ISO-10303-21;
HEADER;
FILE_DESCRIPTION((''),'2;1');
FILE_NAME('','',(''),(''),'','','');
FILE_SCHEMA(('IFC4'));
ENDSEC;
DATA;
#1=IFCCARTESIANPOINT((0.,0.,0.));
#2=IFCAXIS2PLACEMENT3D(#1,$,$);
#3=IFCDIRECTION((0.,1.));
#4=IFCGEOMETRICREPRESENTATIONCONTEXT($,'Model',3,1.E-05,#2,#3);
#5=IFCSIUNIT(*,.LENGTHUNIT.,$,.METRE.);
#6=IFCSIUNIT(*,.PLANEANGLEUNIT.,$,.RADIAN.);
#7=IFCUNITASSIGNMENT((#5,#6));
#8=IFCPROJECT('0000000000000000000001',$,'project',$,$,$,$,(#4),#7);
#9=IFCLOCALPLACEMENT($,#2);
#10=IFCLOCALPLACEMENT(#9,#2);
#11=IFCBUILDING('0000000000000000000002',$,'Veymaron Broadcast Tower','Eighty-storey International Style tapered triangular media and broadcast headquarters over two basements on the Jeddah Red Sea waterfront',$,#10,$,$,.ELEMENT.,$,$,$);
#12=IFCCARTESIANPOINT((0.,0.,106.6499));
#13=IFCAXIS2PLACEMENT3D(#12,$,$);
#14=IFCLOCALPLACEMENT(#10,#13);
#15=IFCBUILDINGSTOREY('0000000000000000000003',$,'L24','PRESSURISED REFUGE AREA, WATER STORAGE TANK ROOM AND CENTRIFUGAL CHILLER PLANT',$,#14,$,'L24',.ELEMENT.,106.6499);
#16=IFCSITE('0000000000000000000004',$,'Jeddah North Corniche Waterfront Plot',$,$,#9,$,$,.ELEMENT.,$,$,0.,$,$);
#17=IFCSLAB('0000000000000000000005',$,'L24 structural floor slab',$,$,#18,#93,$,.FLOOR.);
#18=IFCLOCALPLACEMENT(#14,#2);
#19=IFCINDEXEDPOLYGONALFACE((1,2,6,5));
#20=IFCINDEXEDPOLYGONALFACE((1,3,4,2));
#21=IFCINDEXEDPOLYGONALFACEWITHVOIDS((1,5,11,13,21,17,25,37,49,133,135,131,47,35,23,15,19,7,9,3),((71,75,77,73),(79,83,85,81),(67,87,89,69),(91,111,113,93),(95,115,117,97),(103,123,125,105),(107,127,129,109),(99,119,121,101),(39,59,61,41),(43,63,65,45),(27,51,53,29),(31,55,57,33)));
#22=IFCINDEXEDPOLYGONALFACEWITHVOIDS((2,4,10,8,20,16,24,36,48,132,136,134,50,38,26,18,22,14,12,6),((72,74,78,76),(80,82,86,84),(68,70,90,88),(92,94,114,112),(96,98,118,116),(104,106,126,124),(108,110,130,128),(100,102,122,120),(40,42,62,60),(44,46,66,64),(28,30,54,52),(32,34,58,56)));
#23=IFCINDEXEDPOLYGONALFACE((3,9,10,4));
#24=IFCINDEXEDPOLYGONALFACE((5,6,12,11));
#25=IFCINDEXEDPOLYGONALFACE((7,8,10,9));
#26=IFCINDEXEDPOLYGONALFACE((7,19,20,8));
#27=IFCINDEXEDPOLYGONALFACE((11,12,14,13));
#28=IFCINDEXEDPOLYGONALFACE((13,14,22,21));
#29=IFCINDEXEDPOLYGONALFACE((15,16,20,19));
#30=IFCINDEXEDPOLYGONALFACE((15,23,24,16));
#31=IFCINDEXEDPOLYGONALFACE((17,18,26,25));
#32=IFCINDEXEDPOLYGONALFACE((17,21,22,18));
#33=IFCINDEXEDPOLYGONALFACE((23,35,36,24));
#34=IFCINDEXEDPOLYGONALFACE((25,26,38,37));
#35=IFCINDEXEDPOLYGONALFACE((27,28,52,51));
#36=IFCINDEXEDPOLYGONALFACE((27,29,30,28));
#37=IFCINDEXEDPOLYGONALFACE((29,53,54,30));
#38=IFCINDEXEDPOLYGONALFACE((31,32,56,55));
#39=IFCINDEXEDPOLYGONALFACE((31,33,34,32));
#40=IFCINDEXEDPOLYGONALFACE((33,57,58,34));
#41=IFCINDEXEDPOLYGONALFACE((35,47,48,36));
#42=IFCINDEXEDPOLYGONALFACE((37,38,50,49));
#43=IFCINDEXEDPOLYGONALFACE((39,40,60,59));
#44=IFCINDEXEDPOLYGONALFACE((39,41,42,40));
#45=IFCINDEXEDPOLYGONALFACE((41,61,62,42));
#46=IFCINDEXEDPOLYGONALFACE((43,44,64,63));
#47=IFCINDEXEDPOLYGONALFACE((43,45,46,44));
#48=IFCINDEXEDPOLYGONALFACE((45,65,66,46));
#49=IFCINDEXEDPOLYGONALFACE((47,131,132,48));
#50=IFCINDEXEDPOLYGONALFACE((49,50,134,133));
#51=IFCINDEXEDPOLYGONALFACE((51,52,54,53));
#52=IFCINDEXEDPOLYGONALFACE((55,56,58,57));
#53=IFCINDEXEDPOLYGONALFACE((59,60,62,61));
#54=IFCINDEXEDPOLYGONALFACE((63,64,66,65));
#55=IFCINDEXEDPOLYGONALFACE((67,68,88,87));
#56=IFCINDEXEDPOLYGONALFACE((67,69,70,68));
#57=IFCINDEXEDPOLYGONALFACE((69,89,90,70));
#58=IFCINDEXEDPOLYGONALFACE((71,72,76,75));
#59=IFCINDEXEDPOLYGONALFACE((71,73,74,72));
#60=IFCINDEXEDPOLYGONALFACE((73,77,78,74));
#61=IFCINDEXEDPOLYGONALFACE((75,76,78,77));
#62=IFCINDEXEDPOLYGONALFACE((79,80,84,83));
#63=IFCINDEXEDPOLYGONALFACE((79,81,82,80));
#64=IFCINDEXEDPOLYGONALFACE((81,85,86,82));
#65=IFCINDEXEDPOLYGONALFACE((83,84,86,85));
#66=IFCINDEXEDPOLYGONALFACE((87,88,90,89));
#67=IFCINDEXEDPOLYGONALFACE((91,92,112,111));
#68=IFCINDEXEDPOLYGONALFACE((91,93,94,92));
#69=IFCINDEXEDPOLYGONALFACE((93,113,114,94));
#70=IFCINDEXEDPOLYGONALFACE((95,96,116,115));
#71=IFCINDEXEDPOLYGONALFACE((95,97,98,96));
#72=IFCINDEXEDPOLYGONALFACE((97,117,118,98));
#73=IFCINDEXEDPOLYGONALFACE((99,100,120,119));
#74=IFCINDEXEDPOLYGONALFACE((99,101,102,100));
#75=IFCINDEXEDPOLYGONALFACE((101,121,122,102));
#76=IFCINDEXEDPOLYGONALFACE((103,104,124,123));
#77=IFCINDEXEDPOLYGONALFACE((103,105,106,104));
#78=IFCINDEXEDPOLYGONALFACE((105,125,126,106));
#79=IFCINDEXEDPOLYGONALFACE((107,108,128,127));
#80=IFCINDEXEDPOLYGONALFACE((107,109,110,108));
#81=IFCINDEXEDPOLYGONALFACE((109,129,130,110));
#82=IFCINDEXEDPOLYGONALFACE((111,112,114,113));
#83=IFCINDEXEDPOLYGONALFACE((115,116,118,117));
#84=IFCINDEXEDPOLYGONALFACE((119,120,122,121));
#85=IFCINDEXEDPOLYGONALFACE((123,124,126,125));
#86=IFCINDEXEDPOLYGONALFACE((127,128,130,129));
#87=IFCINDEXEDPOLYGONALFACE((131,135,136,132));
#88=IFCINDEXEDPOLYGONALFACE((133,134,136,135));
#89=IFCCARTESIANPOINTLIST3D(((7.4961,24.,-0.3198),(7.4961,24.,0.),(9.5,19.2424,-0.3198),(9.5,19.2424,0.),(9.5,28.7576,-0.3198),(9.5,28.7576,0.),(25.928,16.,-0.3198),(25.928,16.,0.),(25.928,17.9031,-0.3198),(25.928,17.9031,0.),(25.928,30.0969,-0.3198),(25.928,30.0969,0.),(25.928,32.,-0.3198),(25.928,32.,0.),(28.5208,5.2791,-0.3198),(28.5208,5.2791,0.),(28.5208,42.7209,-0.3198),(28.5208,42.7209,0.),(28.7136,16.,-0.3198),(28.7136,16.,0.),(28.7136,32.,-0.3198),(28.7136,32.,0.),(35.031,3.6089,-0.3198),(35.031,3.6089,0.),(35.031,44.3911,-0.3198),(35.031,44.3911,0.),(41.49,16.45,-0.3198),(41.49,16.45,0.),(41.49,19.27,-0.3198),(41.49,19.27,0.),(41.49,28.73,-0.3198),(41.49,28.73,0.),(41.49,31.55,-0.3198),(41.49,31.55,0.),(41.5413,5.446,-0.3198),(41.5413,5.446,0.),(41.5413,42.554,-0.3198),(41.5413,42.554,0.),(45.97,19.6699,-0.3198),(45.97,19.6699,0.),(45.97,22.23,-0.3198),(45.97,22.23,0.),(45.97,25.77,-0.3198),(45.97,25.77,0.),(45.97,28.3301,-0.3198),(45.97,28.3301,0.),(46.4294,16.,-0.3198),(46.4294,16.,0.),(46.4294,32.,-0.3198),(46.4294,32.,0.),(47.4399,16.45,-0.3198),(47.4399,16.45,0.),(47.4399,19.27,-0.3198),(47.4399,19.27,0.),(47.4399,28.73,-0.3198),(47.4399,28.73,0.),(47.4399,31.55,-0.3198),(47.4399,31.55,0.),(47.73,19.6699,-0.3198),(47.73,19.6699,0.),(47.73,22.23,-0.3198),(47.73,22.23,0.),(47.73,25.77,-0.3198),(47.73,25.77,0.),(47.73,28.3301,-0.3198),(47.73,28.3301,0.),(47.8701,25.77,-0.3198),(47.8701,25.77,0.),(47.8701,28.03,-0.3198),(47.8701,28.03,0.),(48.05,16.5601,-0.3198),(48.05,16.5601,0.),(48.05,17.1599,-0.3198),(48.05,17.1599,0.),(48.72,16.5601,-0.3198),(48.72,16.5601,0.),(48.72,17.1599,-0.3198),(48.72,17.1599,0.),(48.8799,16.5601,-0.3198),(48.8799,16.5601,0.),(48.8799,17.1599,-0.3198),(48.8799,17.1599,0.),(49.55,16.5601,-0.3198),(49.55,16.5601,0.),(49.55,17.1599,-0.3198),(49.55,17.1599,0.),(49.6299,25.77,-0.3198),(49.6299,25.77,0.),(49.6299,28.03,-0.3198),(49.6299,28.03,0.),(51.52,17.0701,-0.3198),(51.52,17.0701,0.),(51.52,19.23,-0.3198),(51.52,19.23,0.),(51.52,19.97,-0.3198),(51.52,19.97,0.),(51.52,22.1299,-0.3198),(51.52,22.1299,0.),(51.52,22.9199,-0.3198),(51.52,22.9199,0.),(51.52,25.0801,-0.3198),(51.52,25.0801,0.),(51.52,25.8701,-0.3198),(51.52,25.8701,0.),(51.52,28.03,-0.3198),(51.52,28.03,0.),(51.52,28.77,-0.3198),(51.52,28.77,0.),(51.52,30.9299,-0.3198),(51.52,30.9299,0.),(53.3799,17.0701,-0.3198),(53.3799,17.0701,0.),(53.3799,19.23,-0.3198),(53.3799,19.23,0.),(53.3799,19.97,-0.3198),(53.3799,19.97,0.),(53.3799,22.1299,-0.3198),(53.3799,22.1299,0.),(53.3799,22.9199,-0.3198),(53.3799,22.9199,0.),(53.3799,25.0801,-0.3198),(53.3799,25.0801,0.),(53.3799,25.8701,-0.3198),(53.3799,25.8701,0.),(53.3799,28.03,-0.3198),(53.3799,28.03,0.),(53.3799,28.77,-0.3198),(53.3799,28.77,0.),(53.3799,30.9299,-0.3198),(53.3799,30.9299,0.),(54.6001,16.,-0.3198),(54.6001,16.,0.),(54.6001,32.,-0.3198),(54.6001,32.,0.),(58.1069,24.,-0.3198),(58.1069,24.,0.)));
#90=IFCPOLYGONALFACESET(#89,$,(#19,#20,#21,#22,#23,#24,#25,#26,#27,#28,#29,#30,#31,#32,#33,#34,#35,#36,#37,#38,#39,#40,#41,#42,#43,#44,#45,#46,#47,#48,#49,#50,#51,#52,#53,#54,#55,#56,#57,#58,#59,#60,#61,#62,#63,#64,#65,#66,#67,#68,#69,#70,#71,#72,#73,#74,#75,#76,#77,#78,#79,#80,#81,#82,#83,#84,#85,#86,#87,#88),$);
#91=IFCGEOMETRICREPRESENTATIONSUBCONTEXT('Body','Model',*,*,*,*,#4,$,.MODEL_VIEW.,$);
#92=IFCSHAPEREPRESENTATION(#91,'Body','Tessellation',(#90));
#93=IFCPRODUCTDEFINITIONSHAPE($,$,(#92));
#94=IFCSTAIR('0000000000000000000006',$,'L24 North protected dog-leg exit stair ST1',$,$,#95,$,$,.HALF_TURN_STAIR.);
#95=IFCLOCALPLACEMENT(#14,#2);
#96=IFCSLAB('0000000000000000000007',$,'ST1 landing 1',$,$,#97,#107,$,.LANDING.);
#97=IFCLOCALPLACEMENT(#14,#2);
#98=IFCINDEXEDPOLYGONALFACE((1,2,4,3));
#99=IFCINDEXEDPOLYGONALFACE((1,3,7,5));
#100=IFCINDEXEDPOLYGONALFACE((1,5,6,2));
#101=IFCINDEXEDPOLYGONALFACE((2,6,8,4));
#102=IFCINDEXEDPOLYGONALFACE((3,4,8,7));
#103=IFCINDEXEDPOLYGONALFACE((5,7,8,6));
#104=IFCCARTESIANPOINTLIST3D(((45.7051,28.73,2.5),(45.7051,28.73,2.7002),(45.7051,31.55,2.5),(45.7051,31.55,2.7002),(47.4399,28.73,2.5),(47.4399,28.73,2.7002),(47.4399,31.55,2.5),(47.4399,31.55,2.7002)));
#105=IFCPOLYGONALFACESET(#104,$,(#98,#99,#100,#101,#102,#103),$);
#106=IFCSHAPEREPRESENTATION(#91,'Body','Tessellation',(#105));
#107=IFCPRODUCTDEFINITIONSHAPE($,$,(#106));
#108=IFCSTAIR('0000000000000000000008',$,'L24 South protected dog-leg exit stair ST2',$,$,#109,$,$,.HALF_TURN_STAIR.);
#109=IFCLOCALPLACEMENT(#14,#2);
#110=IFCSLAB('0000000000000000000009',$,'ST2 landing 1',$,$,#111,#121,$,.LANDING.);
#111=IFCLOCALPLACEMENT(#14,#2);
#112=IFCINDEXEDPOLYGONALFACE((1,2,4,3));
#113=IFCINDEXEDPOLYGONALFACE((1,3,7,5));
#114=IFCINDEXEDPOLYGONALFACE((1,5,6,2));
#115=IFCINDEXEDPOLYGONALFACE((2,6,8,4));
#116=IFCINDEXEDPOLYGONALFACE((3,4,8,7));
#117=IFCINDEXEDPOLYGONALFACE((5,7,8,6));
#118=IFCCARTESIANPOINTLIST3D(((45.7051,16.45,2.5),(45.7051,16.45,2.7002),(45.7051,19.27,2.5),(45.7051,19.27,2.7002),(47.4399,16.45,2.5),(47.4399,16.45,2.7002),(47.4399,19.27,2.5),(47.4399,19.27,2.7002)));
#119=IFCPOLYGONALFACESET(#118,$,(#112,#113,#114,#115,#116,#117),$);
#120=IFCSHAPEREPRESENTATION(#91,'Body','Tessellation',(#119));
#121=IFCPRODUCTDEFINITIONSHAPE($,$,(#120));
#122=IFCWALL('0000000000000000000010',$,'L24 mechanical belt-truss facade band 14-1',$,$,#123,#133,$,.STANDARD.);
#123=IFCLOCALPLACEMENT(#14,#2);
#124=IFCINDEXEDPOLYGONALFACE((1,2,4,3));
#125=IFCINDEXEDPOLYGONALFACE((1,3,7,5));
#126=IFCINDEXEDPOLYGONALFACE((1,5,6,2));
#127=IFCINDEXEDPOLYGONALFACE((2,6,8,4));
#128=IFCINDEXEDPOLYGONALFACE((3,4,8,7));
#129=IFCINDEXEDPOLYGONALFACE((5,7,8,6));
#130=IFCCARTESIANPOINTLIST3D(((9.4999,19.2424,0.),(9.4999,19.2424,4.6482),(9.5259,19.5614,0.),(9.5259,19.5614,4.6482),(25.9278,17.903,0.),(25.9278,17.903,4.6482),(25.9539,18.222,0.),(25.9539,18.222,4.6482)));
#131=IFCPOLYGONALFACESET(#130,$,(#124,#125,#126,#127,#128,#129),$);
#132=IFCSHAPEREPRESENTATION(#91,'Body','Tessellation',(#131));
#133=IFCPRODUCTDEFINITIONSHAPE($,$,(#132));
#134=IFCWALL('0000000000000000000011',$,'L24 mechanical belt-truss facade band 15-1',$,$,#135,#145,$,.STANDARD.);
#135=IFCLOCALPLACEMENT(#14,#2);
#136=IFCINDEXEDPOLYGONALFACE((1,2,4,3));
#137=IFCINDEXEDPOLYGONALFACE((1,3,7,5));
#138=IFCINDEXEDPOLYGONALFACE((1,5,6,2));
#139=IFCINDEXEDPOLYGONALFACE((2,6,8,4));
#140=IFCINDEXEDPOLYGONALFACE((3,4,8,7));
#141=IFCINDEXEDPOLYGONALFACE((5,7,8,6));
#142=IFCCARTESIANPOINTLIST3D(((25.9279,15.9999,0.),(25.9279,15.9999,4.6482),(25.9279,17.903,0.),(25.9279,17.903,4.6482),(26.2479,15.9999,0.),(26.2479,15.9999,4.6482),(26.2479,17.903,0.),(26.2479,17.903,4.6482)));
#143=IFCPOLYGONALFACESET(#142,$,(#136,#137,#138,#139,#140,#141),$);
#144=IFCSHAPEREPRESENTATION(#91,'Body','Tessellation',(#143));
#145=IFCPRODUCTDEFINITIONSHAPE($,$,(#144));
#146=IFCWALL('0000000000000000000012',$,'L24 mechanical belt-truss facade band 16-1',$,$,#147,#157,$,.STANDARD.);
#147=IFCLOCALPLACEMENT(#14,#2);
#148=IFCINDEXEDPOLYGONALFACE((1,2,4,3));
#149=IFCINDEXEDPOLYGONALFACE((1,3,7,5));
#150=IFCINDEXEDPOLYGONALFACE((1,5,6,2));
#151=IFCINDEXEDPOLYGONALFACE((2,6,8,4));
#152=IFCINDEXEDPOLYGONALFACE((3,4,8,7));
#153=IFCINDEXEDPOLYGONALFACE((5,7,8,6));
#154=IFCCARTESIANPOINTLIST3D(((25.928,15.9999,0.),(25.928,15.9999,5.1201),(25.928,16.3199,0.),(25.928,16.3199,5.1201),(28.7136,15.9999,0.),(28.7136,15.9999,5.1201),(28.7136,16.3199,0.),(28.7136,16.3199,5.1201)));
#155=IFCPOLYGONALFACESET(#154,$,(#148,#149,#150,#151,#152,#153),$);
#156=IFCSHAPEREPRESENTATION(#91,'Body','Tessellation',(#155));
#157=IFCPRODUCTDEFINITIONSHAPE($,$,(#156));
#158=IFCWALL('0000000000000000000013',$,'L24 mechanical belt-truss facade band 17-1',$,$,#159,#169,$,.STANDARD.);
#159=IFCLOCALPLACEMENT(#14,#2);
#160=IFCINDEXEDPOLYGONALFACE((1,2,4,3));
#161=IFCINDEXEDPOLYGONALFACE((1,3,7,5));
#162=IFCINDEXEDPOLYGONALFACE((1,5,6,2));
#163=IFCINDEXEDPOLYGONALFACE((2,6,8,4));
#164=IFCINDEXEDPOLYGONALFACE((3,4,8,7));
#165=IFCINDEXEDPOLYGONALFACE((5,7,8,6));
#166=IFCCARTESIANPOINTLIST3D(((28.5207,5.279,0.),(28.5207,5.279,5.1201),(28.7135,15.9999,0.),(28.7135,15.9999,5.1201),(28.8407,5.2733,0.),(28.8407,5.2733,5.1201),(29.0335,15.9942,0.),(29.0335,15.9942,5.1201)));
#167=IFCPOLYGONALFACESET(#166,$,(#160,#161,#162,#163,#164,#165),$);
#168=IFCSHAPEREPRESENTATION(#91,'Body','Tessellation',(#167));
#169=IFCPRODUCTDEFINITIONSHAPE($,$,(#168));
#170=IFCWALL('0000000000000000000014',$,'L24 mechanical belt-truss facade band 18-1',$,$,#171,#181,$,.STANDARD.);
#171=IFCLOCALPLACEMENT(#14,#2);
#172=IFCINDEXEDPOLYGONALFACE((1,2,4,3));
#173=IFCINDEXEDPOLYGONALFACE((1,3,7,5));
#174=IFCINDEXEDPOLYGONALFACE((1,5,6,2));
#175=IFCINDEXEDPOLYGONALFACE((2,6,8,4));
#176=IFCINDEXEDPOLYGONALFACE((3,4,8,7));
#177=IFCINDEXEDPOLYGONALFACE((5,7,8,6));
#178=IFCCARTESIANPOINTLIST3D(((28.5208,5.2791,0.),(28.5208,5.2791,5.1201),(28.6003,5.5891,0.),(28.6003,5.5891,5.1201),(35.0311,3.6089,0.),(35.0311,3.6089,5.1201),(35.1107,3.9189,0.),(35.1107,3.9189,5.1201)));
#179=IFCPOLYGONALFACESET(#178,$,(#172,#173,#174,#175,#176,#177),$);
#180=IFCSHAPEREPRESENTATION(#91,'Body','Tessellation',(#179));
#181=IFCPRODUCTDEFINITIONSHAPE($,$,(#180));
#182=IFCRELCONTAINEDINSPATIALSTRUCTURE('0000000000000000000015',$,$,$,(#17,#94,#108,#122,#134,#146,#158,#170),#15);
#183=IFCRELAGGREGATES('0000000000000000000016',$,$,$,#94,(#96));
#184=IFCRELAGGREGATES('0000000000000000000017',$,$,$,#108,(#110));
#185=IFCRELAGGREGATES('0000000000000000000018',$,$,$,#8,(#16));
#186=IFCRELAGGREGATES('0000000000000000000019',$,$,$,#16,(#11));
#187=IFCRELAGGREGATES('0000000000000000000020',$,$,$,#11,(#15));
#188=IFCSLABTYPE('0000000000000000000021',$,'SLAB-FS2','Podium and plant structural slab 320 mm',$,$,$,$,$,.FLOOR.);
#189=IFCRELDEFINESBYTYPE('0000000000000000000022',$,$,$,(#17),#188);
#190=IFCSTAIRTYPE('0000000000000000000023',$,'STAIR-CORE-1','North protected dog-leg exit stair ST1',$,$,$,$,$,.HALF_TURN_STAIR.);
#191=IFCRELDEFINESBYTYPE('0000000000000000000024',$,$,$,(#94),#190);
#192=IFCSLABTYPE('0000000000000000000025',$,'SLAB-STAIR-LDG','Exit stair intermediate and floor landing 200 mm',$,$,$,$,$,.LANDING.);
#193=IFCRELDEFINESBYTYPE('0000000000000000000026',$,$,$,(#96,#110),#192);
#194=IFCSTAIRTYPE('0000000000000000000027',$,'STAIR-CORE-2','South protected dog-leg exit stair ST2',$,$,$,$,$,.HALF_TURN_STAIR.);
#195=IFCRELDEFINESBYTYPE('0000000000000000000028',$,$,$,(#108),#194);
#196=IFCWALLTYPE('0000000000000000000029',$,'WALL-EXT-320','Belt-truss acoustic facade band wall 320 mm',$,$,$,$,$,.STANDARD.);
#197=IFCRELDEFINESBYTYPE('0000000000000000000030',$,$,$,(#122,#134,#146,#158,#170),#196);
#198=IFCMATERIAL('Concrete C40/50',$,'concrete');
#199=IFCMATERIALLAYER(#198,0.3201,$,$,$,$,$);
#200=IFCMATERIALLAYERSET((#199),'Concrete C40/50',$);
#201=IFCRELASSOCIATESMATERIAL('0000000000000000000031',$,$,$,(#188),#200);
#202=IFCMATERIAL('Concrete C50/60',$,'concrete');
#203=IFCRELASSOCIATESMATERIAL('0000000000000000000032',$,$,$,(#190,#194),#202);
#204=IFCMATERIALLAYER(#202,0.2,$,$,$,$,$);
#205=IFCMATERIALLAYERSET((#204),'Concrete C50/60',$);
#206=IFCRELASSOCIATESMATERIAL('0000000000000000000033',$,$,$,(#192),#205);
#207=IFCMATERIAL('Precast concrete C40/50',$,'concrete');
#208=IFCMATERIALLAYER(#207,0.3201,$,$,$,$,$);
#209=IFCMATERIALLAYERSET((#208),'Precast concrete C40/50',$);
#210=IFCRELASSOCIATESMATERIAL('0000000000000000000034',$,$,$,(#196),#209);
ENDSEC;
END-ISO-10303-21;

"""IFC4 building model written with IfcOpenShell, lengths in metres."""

from ifc_helpers import new_model, si_unit, direction, frame, frame_2d, origin, place, context, subcontext, project, spatial, polyline, rectangle, outline, extrude, material, layer, layer_set, type_object, element, aggregate, save


model = new_model("IFC4")

# Units and contexts
model_context = context("Model", 3, precision=1e-05, world=origin(), true_north=direction((0.0, 1.0)))
body_context = subcontext(model_context, "Body", "Model", "MODEL_VIEW")
ifc_project = project(units=[si_unit("LENGTHUNIT", "METRE"), si_unit("PLANEANGLEUNIT", "RADIAN")], contexts=[model_context])

# Site, building, storey
site_placement = place(None, origin())
site = spatial("IfcSite", under=ifc_project, at=site_placement, Name="Jeddah North Corniche Waterfront Plot", CompositionType="ELEMENT", RefElevation=0.0)
building_placement = place(site_placement, origin())
building = spatial("IfcBuilding", under=site, at=building_placement, Name="Veymaron Broadcast Tower", Description="Eighty-storey International Style tapered triangular media and broadcast headquarters over two basements on the Jeddah Red Sea waterfront", CompositionType="ELEMENT")
storey_placement = place(building_placement, frame((0.0, 0.0, 106.6499)))
storey = spatial("IfcBuildingStorey", under=building, at=storey_placement, Name="L24", Description="PRESSURISED REFUGE AREA, WATER STORAGE TANK ROOM AND CENTRIFUGAL CHILLER PLANT", LongName="L24", CompositionType="ELEMENT", Elevation=106.6499)

# Slab
ifc_material_1 = material(Name="Concrete C40/50", Category="concrete")
ifc_layer_1 = layer(ifc_material_1, 0.3201)
ifc_layer_set_1 = layer_set([ifc_layer_1], Name="Concrete C40/50")
slab_type_1 = type_object("IfcSlabType", Name="SLAB-FS2", Description="Podium and plant structural slab 320 mm", PredefinedType="FLOOR", material=ifc_layer_set_1)
slab_1_placement = place(storey_placement, frame((0.0, 0.0, -0.3198)))
element("IfcSlab", 1, at=slab_1_placement, inside=storey, type_object=slab_type_1, Name="L24 structural floor slab", PredefinedType="FLOOR", context=body_context, shape_type="SweptSolid", body=[
    extrude(outline(polyline([(46.4294, 16.0), (54.6001, 16.0), (58.1069, 24.0), (54.6001, 32.0), (46.4294, 32.0), (41.5413, 42.554), (35.031, 44.3911), (28.5208, 42.7209), (28.7136, 32.0), (25.928, 32.0), (25.928, 30.0969), (9.5, 28.7576), (7.4961, 24.0), (9.5, 19.2424), (25.928, 17.9031), (25.928, 16.0), (28.7136, 16.0), (28.5208, 5.2791), (35.031, 3.6089), (41.5413, 5.446), (46.4294, 16.0)]), holes=[polyline([(45.97, 28.3301), (47.73, 28.3301), (47.73, 25.77), (45.97, 25.77), (45.97, 28.3301)]), polyline([(45.97, 22.23), (47.73, 22.23), (47.73, 19.6699), (45.97, 19.6699), (45.97, 22.23)]), polyline([(47.8701, 28.03), (49.6299, 28.03), (49.6299, 25.77), (47.8701, 25.77), (47.8701, 28.03)]), polyline([(51.52, 30.9299), (53.3799, 30.9299), (53.3799, 28.77), (51.52, 28.77), (51.52, 30.9299)]), polyline([(51.52, 28.03), (53.3799, 28.03), (53.3799, 25.8701), (51.52, 25.8701), (51.52, 28.03)]), polyline([(51.52, 22.1299), (53.3799, 22.1299), (53.3799, 19.97), (51.52, 19.97), (51.52, 22.1299)]), polyline([(51.52, 25.0801), (53.3799, 25.0801), (53.3799, 22.9199), (51.52, 22.9199), (51.52, 25.0801)]), polyline([(51.52, 19.23), (53.3799, 19.23), (53.3799, 17.0701), (51.52, 17.0701), (51.52, 19.23)]), polyline([(48.05, 17.1599), (48.72, 17.1599), (48.72, 16.5601), (48.05, 16.5601), (48.05, 17.1599)]), polyline([(48.8799, 17.1599), (49.55, 17.1599), (49.55, 16.5601), (48.8799, 16.5601), (48.8799, 17.1599)]), polyline([(41.49, 31.55), (47.4399, 31.55), (47.4399, 28.73), (41.49, 28.73), (41.49, 31.55)]), polyline([(41.49, 19.27), (47.4399, 19.27), (47.4399, 16.45), (41.49, 16.45), (41.49, 19.27)])]), origin(), (0.0, 0.0, 1.0), 0.3198),
])

# Stairs, slabs
ifc_material_2 = material(Name="Concrete C50/60", Category="concrete")
stair_type_1 = type_object("IfcStairType", Name="STAIR-CORE-1", Description="North protected dog-leg exit stair ST1", PredefinedType="HALF_TURN_STAIR", material=ifc_material_2)
stair_1_placement = place(storey_placement, origin())
stair_1 = element("IfcStair", 2, at=stair_1_placement, inside=storey, type_object=stair_type_1, Name="L24 North protected dog-leg exit stair ST1", PredefinedType="HALF_TURN_STAIR")
ifc_layer_2 = layer(ifc_material_2, 0.2)
ifc_layer_set_2 = layer_set([ifc_layer_2], Name="Concrete C50/60")
slab_type_2 = type_object("IfcSlabType", Name="SLAB-STAIR-LDG", Description="Exit stair intermediate and floor landing 200 mm", PredefinedType="LANDING", material=ifc_layer_set_2)
slab_2_placement = place(storey_placement, frame((0.0, 0.0, 2.5)))
slab_2 = element("IfcSlab", 3, at=slab_2_placement, type_object=slab_type_2, Name="ST1 landing 1", PredefinedType="LANDING", context=body_context, shape_type="SweptSolid", body=[
    extrude(outline(polyline([(45.7051, 28.73), (47.4399, 28.73), (47.4399, 31.55), (45.7051, 31.55), (45.7051, 28.73)])), origin(), (0.0, 0.0, 1.0), 0.2002),
])
aggregate(stair_1, [slab_2])
stair_type_2 = type_object("IfcStairType", Name="STAIR-CORE-2", Description="South protected dog-leg exit stair ST2", PredefinedType="HALF_TURN_STAIR", material=ifc_material_2)
stair_2_placement = place(storey_placement, origin())
stair_2 = element("IfcStair", 4, at=stair_2_placement, inside=storey, type_object=stair_type_2, Name="L24 South protected dog-leg exit stair ST2", PredefinedType="HALF_TURN_STAIR")
slab_3_placement = place(storey_placement, frame((0.0, 0.0, 2.5)))
slab_3 = element("IfcSlab", 5, at=slab_3_placement, type_object=slab_type_2, Name="ST2 landing 1", PredefinedType="LANDING", context=body_context, shape_type="SweptSolid", body=[
    extrude(outline(polyline([(45.7051, 16.45), (47.4399, 16.45), (47.4399, 19.27), (45.7051, 19.27), (45.7051, 16.45)])), origin(), (0.0, 0.0, 1.0), 0.2002),
])
aggregate(stair_2, [slab_3])

# Walls
ifc_material_3 = material(Name="Precast concrete C40/50", Category="concrete")
ifc_layer_3 = layer(ifc_material_3, 0.3201)
ifc_layer_set_3 = layer_set([ifc_layer_3], Name="Precast concrete C40/50")
wall_type_1 = type_object("IfcWallType", Name="WALL-EXT-320", Description="Belt-truss acoustic facade band wall 320 mm", PredefinedType="STANDARD", material=ifc_layer_set_3)
wall_1_placement = place(storey_placement, frame((9.5129, 19.4019, 0.0), z_axis=(0.0, 0.0, 1.0), x_axis=(0.996693, -0.081259, 0.0)))
element("IfcWall", 6, at=wall_1_placement, inside=storey, type_object=wall_type_1, Name="L24 mechanical belt-truss facade band 14-1", PredefinedType="STANDARD", context=body_context, shape_type="SweptSolid", body=[
    extrude(rectangle(XDim=16.4824, YDim=0.3201, at=frame_2d((8.2412, 0.0))), origin(), (0.0, 0.0, 1.0), 4.6482),
])
wall_2_placement = place(storey_placement, frame((26.0879, 17.9031, 0.0), z_axis=(0.0, 0.0, 1.0), x_axis=(0.0, -1.0, 0.0)))
element("IfcWall", 7, at=wall_2_placement, inside=storey, type_object=wall_type_1, Name="L24 mechanical belt-truss facade band 15-1", PredefinedType="STANDARD", context=body_context, shape_type="SweptSolid", body=[
    extrude(rectangle(XDim=1.9031, YDim=0.3201, at=frame_2d((0.9517, 0.0))), origin(), (0.0, 0.0, 1.0), 4.6482),
])
wall_3_placement = place(storey_placement, frame((25.928, 16.1599, 0.0), z_axis=(0.0, 0.0, 1.0), x_axis=(1.0, 0.0, 0.0)))
element("IfcWall", 8, at=wall_3_placement, inside=storey, type_object=wall_type_1, Name="L24 mechanical belt-truss facade band 16-1", PredefinedType="STANDARD", context=body_context, shape_type="SweptSolid", body=[
    extrude(rectangle(XDim=2.7856, YDim=0.3201, at=frame_2d((1.3928, 0.0))), origin(), (0.0, 0.0, 1.0), 5.1201),
])
wall_4_placement = place(storey_placement, frame((28.8735, 15.9971, 0.0), z_axis=(0.0, 0.0, 1.0), x_axis=(-0.017987, -0.999838, 0.0)))
element("IfcWall", 9, at=wall_4_placement, inside=storey, type_object=wall_type_1, Name="L24 mechanical belt-truss facade band 17-1", PredefinedType="STANDARD", context=body_context, shape_type="SweptSolid", body=[
    extrude(rectangle(XDim=10.7227, YDim=0.3201, at=frame_2d((5.3613, 0.0))), origin(), (0.0, 0.0, 1.0), 5.1201),
])
wall_5_placement = place(storey_placement, frame((28.5605, 5.4341, 0.0), z_axis=(0.0, 0.0, 1.0), x_axis=(0.968633, -0.248497, 0.0)))
element("IfcWall", 10, at=wall_5_placement, inside=storey, type_object=wall_type_1, Name="L24 mechanical belt-truss facade band 18-1", PredefinedType="STANDARD", context=body_context, shape_type="SweptSolid", body=[
    extrude(rectangle(XDim=6.7212, YDim=0.3201, at=frame_2d((3.3606, 0.0))), origin(), (0.0, 0.0, 1.0), 5.1201),
])

save(model, "model.ifc")
